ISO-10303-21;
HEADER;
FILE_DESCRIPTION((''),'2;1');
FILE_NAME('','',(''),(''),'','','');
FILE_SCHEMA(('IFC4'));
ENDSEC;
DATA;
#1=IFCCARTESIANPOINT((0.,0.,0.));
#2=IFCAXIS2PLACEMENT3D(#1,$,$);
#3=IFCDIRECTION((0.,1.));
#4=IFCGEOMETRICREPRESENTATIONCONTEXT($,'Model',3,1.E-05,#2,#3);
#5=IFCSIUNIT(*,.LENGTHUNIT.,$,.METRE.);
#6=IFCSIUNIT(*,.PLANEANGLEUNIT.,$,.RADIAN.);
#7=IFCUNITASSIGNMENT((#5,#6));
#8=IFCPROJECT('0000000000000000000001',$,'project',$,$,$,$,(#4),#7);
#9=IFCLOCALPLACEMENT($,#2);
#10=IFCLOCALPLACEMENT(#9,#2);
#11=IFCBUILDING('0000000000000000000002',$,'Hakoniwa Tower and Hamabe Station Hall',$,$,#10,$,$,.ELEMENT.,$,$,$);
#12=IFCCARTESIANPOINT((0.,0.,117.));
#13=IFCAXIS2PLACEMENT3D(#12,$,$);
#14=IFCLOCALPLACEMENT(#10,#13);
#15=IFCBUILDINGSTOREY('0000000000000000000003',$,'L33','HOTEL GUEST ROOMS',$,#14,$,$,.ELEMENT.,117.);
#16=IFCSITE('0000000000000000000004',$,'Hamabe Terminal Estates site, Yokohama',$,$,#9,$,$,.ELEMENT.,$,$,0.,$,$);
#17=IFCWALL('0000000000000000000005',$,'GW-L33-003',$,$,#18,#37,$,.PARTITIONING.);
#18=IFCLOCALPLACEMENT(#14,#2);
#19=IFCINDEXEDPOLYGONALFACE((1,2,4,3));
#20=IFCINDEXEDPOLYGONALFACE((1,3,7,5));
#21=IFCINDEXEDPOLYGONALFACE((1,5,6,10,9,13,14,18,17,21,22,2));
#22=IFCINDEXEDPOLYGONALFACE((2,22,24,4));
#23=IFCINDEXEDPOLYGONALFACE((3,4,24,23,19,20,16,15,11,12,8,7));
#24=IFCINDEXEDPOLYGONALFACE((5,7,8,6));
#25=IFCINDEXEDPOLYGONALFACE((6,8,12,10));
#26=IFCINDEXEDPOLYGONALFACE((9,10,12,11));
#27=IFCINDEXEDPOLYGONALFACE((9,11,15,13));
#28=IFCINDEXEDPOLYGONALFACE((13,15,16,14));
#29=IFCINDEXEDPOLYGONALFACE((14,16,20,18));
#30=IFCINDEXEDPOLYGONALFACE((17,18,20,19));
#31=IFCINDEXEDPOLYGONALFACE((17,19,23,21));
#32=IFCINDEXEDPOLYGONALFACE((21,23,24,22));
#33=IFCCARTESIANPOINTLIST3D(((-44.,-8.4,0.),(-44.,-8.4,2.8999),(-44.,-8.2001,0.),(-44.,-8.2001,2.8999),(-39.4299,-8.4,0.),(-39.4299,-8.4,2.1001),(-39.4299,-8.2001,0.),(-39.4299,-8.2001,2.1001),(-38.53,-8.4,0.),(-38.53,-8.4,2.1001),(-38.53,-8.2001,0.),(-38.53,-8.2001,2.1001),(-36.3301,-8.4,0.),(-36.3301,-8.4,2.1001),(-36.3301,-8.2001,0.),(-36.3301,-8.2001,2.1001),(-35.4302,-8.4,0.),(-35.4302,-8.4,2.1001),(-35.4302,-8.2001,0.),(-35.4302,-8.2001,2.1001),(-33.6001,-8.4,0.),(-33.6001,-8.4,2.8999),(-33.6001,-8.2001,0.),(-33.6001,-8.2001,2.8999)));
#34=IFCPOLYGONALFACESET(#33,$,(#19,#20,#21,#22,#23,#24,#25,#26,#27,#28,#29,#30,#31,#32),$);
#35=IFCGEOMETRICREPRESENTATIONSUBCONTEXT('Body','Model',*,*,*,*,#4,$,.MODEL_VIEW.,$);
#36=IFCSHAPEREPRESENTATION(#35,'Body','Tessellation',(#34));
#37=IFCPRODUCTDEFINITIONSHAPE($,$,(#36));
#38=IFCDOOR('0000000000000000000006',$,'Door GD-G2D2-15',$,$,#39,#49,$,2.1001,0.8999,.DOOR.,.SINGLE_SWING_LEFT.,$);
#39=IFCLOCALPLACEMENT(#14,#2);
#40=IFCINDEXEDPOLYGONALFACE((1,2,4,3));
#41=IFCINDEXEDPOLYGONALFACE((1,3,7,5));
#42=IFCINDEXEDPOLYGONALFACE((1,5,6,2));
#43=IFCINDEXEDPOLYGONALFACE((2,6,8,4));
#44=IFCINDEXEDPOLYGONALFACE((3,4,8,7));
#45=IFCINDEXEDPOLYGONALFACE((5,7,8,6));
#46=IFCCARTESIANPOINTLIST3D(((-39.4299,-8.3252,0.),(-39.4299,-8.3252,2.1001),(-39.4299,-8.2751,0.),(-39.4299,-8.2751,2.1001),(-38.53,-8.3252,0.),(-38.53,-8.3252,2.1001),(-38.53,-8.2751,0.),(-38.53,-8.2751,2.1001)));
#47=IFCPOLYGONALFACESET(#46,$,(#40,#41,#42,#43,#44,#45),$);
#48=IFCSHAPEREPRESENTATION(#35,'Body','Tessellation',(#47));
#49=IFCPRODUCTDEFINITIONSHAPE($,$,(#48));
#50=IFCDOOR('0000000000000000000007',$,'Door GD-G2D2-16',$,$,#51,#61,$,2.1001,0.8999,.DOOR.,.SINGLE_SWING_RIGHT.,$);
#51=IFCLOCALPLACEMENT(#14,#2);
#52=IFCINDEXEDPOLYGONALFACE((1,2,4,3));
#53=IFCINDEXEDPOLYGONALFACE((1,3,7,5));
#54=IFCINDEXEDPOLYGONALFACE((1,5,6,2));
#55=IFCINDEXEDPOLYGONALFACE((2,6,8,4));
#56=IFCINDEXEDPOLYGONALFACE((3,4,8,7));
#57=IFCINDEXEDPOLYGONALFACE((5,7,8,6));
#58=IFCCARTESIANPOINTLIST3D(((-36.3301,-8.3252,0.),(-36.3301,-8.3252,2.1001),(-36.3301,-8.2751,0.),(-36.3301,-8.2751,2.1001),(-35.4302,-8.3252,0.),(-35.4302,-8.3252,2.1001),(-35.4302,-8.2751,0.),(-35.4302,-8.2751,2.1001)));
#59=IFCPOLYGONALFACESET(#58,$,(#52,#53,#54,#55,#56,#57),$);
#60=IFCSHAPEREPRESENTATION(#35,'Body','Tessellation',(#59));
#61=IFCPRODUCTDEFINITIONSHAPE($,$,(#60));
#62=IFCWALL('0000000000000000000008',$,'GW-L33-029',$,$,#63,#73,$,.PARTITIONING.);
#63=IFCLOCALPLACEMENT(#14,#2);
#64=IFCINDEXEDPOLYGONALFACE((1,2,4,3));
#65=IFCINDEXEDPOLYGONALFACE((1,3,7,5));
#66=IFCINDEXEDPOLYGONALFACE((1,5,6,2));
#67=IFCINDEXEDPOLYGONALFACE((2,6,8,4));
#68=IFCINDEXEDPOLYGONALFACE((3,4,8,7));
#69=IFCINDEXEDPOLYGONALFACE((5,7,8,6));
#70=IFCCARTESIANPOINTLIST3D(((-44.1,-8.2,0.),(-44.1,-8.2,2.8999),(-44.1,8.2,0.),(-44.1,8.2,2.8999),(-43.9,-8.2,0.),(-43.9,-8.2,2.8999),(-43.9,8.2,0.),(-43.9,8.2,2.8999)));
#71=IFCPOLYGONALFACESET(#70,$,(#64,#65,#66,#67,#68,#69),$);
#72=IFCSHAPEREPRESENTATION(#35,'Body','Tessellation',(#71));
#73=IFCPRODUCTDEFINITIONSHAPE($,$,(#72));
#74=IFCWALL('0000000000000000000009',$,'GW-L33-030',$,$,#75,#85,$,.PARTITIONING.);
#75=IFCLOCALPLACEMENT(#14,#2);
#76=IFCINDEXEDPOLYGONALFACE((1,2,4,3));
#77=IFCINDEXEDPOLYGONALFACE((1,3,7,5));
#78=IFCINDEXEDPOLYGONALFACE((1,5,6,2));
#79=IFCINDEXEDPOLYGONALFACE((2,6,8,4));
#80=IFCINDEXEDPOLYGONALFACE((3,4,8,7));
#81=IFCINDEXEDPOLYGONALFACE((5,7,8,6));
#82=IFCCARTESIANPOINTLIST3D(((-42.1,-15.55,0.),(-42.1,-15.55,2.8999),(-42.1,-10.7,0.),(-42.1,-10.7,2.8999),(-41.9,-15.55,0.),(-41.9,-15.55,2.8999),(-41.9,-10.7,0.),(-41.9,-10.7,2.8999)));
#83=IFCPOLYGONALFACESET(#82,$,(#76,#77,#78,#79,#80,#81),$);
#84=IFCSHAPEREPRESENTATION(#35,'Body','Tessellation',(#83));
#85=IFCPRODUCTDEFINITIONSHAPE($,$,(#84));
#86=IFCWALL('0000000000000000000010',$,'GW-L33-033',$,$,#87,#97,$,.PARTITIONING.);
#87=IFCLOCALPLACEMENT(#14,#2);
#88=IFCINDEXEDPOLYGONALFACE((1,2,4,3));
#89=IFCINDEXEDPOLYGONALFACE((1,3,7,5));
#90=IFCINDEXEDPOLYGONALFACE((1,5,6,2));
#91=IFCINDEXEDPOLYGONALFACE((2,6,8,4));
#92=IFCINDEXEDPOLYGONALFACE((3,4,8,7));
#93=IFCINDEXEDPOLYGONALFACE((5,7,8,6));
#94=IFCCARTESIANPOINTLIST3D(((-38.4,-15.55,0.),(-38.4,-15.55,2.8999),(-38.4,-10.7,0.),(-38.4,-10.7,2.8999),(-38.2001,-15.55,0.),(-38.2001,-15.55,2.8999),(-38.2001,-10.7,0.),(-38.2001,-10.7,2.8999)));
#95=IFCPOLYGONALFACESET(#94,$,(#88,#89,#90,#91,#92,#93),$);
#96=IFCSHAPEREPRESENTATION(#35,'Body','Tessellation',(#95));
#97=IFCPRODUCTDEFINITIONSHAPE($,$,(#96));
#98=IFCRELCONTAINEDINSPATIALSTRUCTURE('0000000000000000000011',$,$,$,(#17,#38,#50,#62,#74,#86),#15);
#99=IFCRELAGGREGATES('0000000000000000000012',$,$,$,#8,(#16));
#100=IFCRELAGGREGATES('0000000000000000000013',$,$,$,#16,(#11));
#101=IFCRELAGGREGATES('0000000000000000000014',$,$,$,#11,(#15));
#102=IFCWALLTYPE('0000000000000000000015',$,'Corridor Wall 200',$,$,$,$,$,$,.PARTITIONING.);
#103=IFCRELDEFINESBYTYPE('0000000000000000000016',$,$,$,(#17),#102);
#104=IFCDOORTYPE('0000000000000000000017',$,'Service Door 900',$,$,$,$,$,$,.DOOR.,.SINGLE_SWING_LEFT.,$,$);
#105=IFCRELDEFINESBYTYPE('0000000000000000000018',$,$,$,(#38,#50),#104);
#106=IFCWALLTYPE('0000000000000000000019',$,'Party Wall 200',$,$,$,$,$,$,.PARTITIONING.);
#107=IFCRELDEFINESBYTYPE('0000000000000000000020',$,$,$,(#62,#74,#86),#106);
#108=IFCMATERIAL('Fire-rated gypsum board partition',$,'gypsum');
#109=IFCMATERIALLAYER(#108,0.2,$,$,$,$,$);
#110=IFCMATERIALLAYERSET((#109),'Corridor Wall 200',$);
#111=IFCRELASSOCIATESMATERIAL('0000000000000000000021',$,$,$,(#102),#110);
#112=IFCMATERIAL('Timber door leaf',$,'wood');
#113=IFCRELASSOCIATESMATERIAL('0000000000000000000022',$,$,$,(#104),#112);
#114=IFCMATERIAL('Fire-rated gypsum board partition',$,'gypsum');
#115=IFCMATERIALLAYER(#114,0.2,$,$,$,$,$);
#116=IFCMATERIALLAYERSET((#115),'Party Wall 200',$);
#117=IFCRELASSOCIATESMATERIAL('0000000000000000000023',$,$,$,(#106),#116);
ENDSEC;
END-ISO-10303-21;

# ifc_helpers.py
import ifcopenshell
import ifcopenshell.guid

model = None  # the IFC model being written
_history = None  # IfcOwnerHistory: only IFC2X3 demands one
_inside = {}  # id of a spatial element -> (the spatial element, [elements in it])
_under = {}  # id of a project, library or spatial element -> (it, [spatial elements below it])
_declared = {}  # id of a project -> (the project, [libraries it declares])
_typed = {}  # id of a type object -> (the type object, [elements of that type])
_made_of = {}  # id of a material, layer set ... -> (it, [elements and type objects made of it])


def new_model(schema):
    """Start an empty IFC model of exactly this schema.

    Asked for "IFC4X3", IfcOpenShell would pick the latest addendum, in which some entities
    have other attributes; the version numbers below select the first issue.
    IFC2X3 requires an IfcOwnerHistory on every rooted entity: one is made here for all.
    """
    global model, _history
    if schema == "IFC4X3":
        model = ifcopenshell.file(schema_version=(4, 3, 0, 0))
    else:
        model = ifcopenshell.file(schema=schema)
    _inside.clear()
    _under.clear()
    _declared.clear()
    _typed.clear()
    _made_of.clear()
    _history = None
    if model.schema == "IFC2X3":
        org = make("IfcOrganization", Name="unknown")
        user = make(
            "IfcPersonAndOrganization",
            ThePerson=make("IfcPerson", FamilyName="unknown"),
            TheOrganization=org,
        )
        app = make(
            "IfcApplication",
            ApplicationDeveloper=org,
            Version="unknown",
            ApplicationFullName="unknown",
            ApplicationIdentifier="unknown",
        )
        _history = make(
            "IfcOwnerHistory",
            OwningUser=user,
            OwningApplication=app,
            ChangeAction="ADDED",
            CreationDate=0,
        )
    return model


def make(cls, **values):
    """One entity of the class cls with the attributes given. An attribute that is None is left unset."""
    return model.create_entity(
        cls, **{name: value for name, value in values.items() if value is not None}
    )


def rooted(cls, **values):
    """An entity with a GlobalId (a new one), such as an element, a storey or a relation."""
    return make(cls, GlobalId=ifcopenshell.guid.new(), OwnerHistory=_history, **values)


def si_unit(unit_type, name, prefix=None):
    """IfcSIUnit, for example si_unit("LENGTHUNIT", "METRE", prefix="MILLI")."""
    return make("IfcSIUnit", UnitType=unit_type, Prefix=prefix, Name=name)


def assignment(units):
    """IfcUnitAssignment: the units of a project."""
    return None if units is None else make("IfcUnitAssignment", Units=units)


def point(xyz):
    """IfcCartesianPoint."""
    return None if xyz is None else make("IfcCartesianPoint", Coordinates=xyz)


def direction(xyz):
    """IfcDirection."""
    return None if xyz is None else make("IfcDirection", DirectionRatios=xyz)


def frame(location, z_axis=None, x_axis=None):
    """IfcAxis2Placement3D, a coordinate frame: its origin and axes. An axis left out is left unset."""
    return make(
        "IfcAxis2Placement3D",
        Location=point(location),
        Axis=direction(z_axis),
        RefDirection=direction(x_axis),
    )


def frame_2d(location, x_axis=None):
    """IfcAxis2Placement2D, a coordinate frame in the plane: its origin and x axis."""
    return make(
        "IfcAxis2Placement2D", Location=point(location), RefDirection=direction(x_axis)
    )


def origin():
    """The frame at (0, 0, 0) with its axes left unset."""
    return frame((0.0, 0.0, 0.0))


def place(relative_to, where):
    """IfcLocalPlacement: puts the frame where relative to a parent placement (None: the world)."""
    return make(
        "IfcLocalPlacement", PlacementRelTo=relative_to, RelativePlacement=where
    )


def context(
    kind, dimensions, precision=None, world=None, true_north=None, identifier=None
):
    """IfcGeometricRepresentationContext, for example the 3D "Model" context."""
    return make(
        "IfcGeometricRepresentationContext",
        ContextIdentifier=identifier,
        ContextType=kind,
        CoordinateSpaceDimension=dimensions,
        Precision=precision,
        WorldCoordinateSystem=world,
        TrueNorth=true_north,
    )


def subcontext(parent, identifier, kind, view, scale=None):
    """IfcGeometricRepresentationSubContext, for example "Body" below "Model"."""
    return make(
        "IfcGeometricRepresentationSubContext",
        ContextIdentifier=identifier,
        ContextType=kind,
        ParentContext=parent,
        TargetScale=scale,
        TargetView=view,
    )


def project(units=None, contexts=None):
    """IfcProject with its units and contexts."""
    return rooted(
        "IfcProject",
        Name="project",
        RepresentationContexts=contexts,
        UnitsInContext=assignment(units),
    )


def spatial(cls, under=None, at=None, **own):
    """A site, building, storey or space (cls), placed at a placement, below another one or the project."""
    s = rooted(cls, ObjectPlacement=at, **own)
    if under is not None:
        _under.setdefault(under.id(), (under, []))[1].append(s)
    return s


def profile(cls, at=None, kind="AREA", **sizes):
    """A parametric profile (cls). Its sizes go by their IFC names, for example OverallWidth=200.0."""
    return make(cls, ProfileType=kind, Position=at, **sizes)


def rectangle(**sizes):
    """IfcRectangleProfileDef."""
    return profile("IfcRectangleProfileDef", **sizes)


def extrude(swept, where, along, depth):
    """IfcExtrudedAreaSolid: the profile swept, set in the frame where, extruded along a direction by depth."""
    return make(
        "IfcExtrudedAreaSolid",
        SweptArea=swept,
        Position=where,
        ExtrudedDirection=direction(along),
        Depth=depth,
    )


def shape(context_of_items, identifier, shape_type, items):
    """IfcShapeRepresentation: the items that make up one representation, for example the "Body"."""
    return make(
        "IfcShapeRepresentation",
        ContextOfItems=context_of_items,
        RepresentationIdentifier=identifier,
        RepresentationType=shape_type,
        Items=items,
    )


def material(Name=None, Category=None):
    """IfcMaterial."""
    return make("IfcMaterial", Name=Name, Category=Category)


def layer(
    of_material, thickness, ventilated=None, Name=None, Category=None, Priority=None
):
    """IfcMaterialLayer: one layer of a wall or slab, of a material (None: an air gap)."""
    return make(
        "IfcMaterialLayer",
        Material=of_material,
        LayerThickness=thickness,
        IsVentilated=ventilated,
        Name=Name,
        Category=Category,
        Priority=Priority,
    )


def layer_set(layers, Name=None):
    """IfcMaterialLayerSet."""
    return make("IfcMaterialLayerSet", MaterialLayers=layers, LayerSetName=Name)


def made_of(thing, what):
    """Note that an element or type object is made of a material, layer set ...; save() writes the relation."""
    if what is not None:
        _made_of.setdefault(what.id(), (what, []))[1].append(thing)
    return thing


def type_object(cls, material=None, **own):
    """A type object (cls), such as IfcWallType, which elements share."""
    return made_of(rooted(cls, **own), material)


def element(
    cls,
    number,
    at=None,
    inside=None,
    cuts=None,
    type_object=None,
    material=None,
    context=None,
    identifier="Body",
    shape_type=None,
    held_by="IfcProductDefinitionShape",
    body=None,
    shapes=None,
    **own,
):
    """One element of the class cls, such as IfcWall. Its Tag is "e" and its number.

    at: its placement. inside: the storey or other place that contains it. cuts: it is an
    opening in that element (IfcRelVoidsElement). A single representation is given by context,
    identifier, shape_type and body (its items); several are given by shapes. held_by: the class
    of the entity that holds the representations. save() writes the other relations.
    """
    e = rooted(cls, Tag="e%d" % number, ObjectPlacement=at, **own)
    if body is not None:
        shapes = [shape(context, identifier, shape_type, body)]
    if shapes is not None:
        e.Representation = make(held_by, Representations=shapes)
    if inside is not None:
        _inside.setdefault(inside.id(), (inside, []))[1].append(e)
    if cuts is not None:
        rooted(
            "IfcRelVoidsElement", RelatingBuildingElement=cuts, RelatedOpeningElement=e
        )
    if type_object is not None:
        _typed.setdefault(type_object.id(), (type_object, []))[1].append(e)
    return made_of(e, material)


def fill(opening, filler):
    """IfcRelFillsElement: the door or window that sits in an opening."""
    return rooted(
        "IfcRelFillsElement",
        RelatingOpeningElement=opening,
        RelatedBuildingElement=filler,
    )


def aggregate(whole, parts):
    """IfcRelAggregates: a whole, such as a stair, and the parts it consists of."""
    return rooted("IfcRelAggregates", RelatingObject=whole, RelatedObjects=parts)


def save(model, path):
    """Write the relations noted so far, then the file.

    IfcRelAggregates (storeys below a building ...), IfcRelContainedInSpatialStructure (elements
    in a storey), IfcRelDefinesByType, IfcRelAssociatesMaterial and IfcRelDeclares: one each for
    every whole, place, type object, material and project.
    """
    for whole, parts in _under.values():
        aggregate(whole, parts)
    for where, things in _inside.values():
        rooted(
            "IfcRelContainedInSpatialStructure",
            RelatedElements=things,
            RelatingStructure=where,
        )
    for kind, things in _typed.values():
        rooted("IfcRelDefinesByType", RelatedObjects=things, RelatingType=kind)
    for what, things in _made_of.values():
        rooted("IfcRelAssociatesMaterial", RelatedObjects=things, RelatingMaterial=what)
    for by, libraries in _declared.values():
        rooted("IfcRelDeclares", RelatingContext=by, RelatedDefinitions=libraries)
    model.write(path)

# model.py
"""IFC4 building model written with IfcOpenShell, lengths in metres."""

from ifc_helpers import new_model, si_unit, direction, frame, frame_2d, origin, place, context, subcontext, project, spatial, rectangle, extrude, material, layer, layer_set, type_object, element, fill, save


model = new_model("IFC4")

# Units and contexts
model_context = context("Model", 3, precision=1e-05, world=origin(), true_north=direction((0.0, 1.0)))
body_context = subcontext(model_context, "Body", "Model", "MODEL_VIEW")
ifc_project = project(units=[si_unit("LENGTHUNIT", "METRE"), si_unit("PLANEANGLEUNIT", "RADIAN")], contexts=[model_context])

# Site, building, storey
site_placement = place(None, origin())
site = spatial("IfcSite", under=ifc_project, at=site_placement, Name="Hamabe Terminal Estates site, Yokohama", CompositionType="ELEMENT", RefElevation=0.0)
building_placement = place(site_placement, origin())
building = spatial("IfcBuilding", under=site, at=building_placement, Name="Hakoniwa Tower and Hamabe Station Hall", CompositionType="ELEMENT")
storey_placement = place(building_placement, frame((0.0, 0.0, 117.0)))
storey = spatial("IfcBuildingStorey", under=building, at=storey_placement, Name="L33", Description="HOTEL GUEST ROOMS", CompositionType="ELEMENT", Elevation=117.0)

# Wall, openings, doors
ifc_material_1 = material(Name="Fire-rated gypsum board partition", Category="gypsum")
ifc_layer_1 = layer(ifc_material_1, 0.2)
ifc_layer_set_1 = layer_set([ifc_layer_1], Name="Corridor Wall 200")
wall_type_1 = type_object("IfcWallType", Name="Corridor Wall 200", PredefinedType="PARTITIONING", material=ifc_layer_set_1)
ifc_material_2 = material(Name="Timber door leaf", Category="wood")
door_type = type_object("IfcDoorType", Name="Service Door 900", OperationType="SINGLE_SWING_LEFT", PredefinedType="DOOR", material=ifc_material_2)
wall_1_placement = place(storey_placement, frame((-44.0, -8.3, 0.0), z_axis=(0.0, 0.0, 1.0), x_axis=(1.0, 0.0, 0.0)))
wall_1 = element("IfcWall", 1, at=wall_1_placement, inside=storey, type_object=wall_type_1, Name="GW-L33-003", PredefinedType="PARTITIONING", context=body_context, shape_type="SweptSolid", body=[
    extrude(rectangle(XDim=10.3999, YDim=0.2, at=frame_2d((5.2, 0.0))), origin(), (0.0, 0.0, 1.0), 2.8999),
])
opening_1_placement = place(wall_1_placement, frame((4.5701, 0.0, 0.0)))
opening_1 = element("IfcOpeningElement", 2, at=opening_1_placement, cuts=wall_1, PredefinedType="OPENING", context=body_context, shape_type="SweptSolid", body=[
    extrude(rectangle(XDim=0.8999, YDim=2.1001, at=frame_2d((0.45, 1.05))), frame((0.0, 0.1099, 0.0), z_axis=(0.0, -1.0, 0.0), x_axis=(1.0, 0.0, 0.0)), (0.0, 0.0, 1.0), 0.22),
])
opening_2_placement = place(wall_1_placement, frame((7.6699, 0.0, 0.0)))
opening_2 = element("IfcOpeningElement", 3, at=opening_2_placement, cuts=wall_1, PredefinedType="OPENING", context=body_context, shape_type="SweptSolid", body=[
    extrude(rectangle(XDim=0.8999, YDim=2.1001, at=frame_2d((0.45, 1.05))), frame((0.0, 0.1099, 0.0), z_axis=(0.0, -1.0, 0.0), x_axis=(1.0, 0.0, 0.0)), (0.0, 0.0, 1.0), 0.22),
])
door_1_placement = place(opening_1_placement, origin())
door_1 = element("IfcDoor", 4, at=door_1_placement, inside=storey, type_object=door_type, Name="Door GD-G2D2-15", OperationType="SINGLE_SWING_LEFT", OverallHeight=2.1001, OverallWidth=0.8999, PredefinedType="DOOR", context=body_context, shape_type="SweptSolid", body=[
    extrude(rectangle(XDim=0.8999, YDim=2.1001, at=frame_2d((0.45, 1.05))), frame((0.0, 0.0249, 0.0), z_axis=(0.0, -1.0, 0.0), x_axis=(1.0, 0.0, 0.0)), (0.0, 0.0, 1.0), 0.05),
])
fill(opening_1, door_1)
door_2_placement = place(opening_2_placement, origin())
door_2 = element("IfcDoor", 5, at=door_2_placement, inside=storey, type_object=door_type, Name="Door GD-G2D2-16", OperationType="SINGLE_SWING_RIGHT", OverallHeight=2.1001, OverallWidth=0.8999, PredefinedType="DOOR", context=body_context, shape_type="SweptSolid", body=[
    extrude(rectangle(XDim=0.8999, YDim=2.1001, at=frame_2d((0.45, 1.05))), frame((0.0, 0.0249, 0.0), z_axis=(0.0, -1.0, 0.0), x_axis=(1.0, 0.0, 0.0)), (0.0, 0.0, 1.0), 0.05),
])
fill(opening_2, door_2)

# Walls
ifc_material_3 = material(Name="Fire-rated gypsum board partition", Category="gypsum")
ifc_layer_2 = layer(ifc_material_3, 0.2)
ifc_layer_set_2 = layer_set([ifc_layer_2], Name="Party Wall 200")
wall_type_2 = type_object("IfcWallType", Name="Party Wall 200", PredefinedType="PARTITIONING", material=ifc_layer_set_2)
wall_2_placement = place(storey_placement, frame((-44.0, -8.2, 0.0), z_axis=(0.0, 0.0, 1.0), x_axis=(0.0, 1.0, 0.0)))
element("IfcWall", 6, at=wall_2_placement, inside=storey, type_object=wall_type_2, Name="GW-L33-029", PredefinedType="PARTITIONING", context=body_context, shape_type="SweptSolid", body=[
    extrude(rectangle(XDim=16.3999, YDim=0.2, at=frame_2d((8.2, 0.0))), origin(), (0.0, 0.0, 1.0), 2.8999),
])
for number, where, z_axis, x_axis, name in (
    (7, (-42.0, -15.55, 0.0), (0.0, 0.0, 1.0), (0.0, 1.0, 0.0), "GW-L33-030"),
    (8, (-38.3, -15.55, 0.0), (0.0, 0.0, 1.0), (0.0, 1.0, 0.0), "GW-L33-033"),
):
    element("IfcWall", number, at=place(storey_placement, frame(where, z_axis=z_axis, x_axis=x_axis)), inside=storey, type_object=wall_type_2, Name=name, PredefinedType="PARTITIONING", context=body_context, shape_type="SweptSolid", body=[
        extrude(rectangle(XDim=4.8501, YDim=0.2, at=frame_2d((2.425, 0.0))), origin(), (0.0, 0.0, 1.0), 2.8999),
    ])

save(model, "model.ifc")
